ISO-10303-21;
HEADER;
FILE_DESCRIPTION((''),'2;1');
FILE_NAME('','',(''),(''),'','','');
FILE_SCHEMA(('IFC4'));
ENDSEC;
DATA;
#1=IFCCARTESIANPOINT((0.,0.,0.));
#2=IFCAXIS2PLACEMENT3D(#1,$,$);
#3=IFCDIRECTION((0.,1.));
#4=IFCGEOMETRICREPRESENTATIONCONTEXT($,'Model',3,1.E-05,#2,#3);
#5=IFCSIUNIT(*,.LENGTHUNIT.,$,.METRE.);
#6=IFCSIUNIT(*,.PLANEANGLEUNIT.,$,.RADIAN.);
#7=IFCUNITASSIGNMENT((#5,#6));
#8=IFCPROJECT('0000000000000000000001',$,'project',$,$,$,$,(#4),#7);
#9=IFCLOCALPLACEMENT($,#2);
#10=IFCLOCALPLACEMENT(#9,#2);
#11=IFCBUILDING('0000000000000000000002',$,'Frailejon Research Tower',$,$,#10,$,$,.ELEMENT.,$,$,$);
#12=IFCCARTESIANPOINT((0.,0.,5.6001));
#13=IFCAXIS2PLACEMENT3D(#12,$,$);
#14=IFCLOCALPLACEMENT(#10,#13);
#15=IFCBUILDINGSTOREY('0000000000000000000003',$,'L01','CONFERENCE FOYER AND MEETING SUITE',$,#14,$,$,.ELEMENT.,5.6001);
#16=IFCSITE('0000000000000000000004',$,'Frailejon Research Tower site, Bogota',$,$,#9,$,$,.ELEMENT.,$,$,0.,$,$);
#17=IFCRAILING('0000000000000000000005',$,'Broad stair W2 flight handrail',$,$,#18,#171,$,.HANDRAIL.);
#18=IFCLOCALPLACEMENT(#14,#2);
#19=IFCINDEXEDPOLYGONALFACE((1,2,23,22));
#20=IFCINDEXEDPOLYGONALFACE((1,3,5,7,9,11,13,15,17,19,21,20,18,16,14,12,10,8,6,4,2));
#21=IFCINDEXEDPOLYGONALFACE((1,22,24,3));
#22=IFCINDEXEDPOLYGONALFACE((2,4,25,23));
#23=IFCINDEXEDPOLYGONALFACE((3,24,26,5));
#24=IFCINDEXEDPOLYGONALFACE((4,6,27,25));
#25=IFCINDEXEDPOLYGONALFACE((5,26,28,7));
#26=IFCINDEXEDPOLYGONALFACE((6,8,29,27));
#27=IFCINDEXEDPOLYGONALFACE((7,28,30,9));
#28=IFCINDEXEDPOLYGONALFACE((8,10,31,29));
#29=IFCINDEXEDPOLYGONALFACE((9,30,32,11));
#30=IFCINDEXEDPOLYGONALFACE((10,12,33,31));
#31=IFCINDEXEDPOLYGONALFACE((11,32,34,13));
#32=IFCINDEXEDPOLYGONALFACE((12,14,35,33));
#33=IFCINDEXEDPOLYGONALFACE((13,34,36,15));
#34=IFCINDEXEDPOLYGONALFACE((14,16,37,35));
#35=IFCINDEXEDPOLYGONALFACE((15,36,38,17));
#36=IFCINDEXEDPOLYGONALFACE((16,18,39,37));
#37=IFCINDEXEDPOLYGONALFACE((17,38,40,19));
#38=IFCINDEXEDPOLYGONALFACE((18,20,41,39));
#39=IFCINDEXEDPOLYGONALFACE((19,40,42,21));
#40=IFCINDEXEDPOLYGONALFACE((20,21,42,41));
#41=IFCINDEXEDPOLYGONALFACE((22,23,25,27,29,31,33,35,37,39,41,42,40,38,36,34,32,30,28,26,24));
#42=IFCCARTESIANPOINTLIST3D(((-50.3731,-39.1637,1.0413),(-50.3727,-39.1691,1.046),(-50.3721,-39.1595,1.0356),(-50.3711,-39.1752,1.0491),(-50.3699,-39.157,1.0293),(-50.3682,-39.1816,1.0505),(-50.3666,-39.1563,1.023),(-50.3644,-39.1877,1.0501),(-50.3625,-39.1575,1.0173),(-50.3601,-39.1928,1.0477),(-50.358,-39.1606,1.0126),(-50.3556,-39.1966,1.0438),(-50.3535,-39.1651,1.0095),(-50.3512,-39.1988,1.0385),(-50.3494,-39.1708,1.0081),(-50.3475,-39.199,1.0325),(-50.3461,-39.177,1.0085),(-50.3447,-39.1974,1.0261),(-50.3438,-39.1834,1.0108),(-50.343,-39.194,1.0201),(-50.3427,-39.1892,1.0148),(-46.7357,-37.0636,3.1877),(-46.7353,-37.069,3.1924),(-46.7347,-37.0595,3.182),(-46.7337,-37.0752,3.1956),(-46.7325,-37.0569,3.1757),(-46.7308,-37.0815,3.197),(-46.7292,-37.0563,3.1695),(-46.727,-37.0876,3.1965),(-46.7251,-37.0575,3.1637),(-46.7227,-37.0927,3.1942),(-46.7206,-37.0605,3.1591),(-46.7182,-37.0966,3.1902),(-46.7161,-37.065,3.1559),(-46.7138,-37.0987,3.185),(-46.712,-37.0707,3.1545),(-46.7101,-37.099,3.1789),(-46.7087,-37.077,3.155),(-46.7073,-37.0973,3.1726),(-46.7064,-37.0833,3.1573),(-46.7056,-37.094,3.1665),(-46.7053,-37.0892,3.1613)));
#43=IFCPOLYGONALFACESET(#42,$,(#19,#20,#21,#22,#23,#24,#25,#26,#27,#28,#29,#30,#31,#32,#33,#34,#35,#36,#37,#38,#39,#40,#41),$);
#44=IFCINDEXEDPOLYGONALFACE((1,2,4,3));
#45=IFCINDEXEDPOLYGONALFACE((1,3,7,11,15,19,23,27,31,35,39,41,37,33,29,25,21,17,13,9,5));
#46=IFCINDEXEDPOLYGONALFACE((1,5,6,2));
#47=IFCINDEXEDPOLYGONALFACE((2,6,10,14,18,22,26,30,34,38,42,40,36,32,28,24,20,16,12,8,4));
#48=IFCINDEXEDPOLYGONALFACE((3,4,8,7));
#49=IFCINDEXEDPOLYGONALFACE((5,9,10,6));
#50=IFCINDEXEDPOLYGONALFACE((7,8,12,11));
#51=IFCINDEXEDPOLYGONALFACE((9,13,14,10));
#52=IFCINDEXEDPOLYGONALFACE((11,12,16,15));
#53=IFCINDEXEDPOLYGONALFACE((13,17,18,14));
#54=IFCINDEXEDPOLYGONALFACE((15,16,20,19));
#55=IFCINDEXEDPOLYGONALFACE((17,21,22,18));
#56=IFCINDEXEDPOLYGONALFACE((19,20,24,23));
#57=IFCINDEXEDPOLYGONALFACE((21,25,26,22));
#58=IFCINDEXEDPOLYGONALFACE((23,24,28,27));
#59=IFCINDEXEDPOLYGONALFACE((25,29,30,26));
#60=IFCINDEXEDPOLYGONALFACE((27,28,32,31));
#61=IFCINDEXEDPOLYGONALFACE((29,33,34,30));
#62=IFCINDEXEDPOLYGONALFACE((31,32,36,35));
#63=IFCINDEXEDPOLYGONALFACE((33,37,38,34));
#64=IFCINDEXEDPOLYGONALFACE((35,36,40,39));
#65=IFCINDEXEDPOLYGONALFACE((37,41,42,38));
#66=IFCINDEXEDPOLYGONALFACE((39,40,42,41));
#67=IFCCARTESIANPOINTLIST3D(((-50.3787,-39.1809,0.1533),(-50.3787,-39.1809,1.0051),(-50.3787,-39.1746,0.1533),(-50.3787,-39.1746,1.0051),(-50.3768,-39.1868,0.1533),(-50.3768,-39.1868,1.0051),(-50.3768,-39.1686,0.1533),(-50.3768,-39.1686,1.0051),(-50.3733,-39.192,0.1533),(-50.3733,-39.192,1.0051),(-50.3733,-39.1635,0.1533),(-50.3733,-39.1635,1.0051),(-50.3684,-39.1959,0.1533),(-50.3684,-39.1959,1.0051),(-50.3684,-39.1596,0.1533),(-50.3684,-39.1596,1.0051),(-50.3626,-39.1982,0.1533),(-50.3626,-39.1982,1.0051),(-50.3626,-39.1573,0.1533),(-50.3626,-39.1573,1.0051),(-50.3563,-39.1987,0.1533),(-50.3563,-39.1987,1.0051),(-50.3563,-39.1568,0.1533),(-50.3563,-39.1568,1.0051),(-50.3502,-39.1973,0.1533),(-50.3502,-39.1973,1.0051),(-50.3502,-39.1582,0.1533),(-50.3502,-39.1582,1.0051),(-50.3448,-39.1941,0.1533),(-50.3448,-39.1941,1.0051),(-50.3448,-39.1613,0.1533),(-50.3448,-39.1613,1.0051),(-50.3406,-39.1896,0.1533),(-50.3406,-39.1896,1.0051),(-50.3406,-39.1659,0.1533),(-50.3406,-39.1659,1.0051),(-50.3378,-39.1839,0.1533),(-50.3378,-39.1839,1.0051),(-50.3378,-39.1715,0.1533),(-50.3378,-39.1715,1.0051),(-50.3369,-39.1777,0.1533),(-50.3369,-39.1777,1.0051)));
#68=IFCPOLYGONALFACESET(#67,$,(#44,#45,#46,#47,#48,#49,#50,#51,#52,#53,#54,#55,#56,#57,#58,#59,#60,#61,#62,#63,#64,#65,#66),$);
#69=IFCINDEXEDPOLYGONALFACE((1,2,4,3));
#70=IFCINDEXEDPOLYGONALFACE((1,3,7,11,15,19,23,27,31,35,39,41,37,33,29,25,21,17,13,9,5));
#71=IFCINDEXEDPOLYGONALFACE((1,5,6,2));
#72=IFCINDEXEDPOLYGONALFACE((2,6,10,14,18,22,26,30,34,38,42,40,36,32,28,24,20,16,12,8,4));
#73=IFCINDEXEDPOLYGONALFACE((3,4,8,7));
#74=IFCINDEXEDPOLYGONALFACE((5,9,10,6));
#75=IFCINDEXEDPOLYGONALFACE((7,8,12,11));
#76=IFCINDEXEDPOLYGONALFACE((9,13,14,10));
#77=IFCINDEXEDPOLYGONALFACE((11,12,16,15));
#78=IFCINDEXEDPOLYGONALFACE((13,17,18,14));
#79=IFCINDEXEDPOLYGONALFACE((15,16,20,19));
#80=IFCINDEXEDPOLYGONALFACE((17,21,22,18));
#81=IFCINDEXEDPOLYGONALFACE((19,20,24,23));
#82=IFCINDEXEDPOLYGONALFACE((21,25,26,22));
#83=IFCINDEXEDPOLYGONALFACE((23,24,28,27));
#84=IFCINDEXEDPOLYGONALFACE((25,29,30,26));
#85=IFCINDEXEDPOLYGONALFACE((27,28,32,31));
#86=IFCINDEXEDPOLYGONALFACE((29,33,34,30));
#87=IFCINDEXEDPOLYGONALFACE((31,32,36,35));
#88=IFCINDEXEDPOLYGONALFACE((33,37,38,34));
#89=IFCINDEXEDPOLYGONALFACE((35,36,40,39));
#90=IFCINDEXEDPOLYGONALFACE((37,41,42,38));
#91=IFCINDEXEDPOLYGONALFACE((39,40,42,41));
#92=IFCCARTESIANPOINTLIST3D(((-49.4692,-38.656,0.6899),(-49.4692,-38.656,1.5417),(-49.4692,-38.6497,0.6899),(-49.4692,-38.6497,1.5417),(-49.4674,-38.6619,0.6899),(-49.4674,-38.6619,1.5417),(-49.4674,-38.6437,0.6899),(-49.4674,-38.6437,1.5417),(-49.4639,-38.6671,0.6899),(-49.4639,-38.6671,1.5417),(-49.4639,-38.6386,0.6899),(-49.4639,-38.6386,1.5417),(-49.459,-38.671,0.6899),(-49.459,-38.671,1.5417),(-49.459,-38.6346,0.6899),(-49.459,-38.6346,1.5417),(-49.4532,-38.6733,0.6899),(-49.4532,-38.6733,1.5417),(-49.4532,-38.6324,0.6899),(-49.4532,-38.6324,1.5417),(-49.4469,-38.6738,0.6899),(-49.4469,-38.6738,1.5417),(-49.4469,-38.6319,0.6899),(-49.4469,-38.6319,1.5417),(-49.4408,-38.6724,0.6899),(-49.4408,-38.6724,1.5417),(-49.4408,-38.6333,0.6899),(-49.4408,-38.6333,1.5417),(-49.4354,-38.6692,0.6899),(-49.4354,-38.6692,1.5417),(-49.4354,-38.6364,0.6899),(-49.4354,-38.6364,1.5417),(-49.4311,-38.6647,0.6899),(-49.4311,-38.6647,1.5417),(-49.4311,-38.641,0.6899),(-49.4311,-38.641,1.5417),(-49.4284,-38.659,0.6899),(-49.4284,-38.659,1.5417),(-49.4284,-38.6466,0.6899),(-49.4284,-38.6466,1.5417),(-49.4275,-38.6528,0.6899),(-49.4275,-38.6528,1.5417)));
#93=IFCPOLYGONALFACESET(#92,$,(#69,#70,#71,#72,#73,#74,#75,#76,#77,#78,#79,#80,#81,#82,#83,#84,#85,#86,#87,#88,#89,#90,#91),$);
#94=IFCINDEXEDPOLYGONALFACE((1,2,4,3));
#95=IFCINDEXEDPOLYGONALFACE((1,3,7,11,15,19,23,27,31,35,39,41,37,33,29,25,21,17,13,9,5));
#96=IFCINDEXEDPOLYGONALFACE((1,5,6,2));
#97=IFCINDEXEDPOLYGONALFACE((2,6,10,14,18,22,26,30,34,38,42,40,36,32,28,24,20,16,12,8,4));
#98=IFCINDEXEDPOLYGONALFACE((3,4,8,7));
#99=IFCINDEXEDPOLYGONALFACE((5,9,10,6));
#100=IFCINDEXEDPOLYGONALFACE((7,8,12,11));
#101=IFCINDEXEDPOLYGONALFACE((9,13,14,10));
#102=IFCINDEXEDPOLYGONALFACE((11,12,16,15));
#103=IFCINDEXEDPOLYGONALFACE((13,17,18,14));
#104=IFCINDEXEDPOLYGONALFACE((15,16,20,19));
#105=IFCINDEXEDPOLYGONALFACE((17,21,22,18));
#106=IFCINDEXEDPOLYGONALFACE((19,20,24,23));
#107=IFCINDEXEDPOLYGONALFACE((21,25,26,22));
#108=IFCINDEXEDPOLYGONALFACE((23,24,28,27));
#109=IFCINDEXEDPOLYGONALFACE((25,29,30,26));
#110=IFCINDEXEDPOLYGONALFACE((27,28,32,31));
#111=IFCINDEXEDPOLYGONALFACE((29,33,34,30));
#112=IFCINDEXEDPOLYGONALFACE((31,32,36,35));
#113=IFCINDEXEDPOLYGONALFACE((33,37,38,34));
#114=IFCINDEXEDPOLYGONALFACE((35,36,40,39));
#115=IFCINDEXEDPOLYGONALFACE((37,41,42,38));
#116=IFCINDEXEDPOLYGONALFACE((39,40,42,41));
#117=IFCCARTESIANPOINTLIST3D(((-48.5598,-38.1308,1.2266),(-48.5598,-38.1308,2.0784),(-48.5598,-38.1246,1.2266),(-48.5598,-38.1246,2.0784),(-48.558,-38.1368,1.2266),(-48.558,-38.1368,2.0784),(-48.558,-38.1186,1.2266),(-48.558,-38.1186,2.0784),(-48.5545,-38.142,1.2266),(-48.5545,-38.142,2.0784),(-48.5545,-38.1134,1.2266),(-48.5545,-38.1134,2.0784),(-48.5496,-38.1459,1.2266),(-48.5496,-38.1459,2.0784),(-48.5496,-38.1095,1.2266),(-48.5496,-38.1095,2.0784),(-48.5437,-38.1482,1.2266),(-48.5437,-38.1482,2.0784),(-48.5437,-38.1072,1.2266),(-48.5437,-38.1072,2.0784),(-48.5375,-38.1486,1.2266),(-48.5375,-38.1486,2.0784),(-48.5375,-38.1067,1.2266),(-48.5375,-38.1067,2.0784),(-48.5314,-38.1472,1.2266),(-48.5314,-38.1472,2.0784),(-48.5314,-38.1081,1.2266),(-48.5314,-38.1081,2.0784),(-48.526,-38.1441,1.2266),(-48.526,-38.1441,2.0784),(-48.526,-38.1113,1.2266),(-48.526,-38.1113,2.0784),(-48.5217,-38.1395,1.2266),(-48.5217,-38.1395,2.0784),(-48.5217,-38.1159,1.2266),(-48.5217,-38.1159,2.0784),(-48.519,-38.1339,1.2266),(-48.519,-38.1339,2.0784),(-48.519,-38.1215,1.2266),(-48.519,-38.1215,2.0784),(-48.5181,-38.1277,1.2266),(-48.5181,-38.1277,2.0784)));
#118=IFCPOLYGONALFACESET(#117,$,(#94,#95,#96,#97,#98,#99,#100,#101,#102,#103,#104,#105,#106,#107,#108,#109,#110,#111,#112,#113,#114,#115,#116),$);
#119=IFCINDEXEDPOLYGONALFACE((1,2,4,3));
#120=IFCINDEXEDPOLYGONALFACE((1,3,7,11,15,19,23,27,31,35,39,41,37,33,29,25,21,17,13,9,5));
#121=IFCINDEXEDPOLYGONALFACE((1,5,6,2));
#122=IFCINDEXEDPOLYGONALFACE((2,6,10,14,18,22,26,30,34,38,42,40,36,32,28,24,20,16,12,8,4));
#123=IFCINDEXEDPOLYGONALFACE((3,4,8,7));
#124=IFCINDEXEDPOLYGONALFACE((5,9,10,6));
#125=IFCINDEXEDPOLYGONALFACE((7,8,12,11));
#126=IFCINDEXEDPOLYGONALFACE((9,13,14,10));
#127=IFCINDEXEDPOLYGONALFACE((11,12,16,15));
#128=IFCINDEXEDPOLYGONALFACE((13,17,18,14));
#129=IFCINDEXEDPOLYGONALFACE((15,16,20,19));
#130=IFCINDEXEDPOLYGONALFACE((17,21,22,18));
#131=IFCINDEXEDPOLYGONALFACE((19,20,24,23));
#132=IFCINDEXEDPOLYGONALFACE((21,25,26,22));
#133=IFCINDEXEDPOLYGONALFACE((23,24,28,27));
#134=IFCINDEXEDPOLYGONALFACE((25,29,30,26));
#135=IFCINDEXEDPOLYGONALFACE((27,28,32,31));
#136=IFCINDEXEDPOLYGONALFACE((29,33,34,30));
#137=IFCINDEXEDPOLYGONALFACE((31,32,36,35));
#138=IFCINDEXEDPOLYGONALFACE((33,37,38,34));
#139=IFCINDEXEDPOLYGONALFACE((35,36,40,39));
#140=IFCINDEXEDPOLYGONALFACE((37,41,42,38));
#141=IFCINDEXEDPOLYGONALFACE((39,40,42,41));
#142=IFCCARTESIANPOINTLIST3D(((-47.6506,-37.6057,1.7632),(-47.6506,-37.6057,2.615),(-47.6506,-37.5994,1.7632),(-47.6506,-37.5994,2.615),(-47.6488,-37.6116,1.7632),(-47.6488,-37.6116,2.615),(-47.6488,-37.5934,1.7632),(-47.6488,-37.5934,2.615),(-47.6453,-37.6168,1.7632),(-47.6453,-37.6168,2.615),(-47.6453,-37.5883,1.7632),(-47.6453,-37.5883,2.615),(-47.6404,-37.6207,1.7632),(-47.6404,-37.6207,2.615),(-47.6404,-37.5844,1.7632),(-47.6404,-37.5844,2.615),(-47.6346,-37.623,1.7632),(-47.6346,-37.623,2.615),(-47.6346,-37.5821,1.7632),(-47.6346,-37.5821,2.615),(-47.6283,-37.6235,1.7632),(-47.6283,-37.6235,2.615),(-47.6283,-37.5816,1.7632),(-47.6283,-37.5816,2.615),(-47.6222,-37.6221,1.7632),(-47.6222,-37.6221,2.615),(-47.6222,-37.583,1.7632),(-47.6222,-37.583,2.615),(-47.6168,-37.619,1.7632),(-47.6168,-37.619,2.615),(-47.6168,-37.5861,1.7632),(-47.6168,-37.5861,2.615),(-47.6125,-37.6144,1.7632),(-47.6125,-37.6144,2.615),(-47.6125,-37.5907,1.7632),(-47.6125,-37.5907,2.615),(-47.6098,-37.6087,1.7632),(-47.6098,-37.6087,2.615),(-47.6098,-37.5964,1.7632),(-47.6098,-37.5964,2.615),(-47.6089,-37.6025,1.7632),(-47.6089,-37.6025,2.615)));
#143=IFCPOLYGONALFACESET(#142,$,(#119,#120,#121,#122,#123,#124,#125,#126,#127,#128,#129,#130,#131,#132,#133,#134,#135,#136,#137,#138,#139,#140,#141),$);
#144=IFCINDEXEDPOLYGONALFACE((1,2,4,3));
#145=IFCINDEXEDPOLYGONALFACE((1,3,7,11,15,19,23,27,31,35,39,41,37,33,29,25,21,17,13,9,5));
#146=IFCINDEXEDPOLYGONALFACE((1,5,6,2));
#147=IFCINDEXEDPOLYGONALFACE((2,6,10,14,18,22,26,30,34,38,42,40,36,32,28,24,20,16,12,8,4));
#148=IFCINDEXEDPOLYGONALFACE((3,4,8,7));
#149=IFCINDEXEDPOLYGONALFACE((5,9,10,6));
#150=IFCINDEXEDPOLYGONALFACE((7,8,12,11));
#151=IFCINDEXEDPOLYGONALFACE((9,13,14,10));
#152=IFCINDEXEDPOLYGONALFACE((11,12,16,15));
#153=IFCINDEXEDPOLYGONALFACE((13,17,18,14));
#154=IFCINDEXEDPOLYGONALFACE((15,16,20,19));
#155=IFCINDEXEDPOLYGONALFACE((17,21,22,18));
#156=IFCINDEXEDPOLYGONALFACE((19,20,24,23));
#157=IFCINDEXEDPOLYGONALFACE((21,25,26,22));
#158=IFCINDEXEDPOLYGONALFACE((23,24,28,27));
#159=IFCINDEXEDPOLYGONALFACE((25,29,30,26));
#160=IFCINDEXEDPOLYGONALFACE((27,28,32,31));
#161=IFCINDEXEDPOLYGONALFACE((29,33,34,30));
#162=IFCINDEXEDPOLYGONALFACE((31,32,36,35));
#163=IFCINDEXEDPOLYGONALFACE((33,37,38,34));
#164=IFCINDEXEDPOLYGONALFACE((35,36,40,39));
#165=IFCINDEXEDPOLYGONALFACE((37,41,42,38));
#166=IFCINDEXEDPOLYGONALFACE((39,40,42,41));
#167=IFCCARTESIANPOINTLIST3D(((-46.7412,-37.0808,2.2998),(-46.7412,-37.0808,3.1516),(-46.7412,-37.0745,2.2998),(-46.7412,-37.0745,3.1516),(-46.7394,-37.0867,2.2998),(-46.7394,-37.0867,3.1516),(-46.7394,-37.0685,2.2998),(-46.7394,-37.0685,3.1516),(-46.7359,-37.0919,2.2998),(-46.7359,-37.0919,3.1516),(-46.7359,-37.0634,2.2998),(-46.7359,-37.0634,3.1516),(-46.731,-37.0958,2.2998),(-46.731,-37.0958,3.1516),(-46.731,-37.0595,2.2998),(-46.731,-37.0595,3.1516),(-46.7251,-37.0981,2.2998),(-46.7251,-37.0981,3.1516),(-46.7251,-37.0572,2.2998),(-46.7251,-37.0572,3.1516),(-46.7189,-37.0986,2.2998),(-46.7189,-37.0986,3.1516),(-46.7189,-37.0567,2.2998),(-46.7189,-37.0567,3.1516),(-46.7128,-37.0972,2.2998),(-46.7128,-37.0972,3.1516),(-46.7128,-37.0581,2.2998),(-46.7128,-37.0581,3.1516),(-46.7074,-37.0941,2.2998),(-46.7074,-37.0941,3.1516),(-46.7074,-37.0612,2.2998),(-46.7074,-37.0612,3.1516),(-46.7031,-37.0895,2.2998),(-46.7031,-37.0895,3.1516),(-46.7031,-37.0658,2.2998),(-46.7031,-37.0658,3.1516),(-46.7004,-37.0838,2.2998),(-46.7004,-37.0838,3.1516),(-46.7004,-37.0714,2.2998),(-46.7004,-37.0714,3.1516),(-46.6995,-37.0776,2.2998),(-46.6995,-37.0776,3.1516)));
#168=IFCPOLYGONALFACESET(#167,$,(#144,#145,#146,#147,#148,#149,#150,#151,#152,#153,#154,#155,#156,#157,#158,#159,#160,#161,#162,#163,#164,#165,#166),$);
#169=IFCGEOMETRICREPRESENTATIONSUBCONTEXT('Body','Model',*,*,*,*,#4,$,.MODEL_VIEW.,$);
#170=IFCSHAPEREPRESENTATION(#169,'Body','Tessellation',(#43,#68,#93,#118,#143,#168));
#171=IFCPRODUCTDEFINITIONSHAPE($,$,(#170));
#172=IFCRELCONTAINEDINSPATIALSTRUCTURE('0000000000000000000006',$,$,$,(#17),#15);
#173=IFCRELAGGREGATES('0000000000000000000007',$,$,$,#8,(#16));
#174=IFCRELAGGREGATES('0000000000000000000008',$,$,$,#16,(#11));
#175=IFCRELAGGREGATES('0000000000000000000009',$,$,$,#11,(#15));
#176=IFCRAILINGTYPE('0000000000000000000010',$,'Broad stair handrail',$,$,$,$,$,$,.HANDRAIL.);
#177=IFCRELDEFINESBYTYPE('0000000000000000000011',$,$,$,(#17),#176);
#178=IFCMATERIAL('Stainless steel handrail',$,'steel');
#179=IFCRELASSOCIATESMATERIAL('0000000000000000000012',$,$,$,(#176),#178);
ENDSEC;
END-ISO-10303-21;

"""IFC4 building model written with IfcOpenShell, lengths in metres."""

from ifc_helpers import new_model, si_unit, direction, frame, origin, origin_2d, place, context, subcontext, project, spatial, circle, extrude, material, type_object, element, save


model = new_model("IFC4")

# Units and contexts
model_context = context("Model", 3, precision=1e-05, world=origin(), true_north=direction((0.0, 1.0)))
body_context = subcontext(model_context, "Body", "Model", "MODEL_VIEW")
ifc_project = project(units=[si_unit("LENGTHUNIT", "METRE"), si_unit("PLANEANGLEUNIT", "RADIAN")], contexts=[model_context])

# Site, building, storey
site_placement = place(None, origin())
site = spatial("IfcSite", under=ifc_project, at=site_placement, Name="Frailejon Research Tower site, Bogota", CompositionType="ELEMENT", RefElevation=0.0)
building_placement = place(site_placement, origin())
building = spatial("IfcBuilding", under=site, at=building_placement, Name="Frailejon Research Tower", CompositionType="ELEMENT")
storey_placement = place(building_placement, frame((0.0, 0.0, 5.6001)))
storey = spatial("IfcBuildingStorey", under=building, at=storey_placement, Name="L01", Description="CONFERENCE FOYER AND MEETING SUITE", CompositionType="ELEMENT", Elevation=5.6001)

# Railing
ifc_material_1 = material(Name="Stainless steel handrail", Category="steel")
railing_type_1 = type_object("IfcRailingType", Name="Broad stair handrail", PredefinedType="HANDRAIL", material=ifc_material_1)
for number, where, name in (
    (1, (-50.3579, -39.1777, 0.1533), "Broad stair W2 flight handrail"),
):
    element("IfcRailing", number, at=place(storey_placement, frame(where)), inside=storey, type_object=railing_type_1, Name=name, PredefinedType="HANDRAIL", context=body_context, shape_type="SweptSolid", body=[
        extrude(circle(Radius=0.0239, at=origin_2d()), frame((0.0, 0.0, 0.876), z_axis=(0.771158, 0.445231, 0.455065), x_axis=(-0.500003, 0.866024, 0.0)), (0.0, 0.0, 1.0), 4.7168),
        extrude(circle(Radius=0.021, at=origin_2d()), origin(), (0.0, 0.0, 1.0), 0.8518),
        extrude(circle(Radius=0.021, at=origin_2d()), frame((0.9094, 0.5249, 0.5366)), (0.0, 0.0, 1.0), 0.8518),
        extrude(circle(Radius=0.021, at=origin_2d()), frame((1.8188, 1.05, 1.0732)), (0.0, 0.0, 1.0), 0.8518),
        extrude(circle(Radius=0.021, at=origin_2d()), frame((2.728, 1.5752, 1.6099)), (0.0, 0.0, 1.0), 0.8518),
        extrude(circle(Radius=0.021, at=origin_2d()), frame((3.6375, 2.1001, 2.1465)), (0.0, 0.0, 1.0), 0.8518),
    ])

save(model, "model.ifc")
